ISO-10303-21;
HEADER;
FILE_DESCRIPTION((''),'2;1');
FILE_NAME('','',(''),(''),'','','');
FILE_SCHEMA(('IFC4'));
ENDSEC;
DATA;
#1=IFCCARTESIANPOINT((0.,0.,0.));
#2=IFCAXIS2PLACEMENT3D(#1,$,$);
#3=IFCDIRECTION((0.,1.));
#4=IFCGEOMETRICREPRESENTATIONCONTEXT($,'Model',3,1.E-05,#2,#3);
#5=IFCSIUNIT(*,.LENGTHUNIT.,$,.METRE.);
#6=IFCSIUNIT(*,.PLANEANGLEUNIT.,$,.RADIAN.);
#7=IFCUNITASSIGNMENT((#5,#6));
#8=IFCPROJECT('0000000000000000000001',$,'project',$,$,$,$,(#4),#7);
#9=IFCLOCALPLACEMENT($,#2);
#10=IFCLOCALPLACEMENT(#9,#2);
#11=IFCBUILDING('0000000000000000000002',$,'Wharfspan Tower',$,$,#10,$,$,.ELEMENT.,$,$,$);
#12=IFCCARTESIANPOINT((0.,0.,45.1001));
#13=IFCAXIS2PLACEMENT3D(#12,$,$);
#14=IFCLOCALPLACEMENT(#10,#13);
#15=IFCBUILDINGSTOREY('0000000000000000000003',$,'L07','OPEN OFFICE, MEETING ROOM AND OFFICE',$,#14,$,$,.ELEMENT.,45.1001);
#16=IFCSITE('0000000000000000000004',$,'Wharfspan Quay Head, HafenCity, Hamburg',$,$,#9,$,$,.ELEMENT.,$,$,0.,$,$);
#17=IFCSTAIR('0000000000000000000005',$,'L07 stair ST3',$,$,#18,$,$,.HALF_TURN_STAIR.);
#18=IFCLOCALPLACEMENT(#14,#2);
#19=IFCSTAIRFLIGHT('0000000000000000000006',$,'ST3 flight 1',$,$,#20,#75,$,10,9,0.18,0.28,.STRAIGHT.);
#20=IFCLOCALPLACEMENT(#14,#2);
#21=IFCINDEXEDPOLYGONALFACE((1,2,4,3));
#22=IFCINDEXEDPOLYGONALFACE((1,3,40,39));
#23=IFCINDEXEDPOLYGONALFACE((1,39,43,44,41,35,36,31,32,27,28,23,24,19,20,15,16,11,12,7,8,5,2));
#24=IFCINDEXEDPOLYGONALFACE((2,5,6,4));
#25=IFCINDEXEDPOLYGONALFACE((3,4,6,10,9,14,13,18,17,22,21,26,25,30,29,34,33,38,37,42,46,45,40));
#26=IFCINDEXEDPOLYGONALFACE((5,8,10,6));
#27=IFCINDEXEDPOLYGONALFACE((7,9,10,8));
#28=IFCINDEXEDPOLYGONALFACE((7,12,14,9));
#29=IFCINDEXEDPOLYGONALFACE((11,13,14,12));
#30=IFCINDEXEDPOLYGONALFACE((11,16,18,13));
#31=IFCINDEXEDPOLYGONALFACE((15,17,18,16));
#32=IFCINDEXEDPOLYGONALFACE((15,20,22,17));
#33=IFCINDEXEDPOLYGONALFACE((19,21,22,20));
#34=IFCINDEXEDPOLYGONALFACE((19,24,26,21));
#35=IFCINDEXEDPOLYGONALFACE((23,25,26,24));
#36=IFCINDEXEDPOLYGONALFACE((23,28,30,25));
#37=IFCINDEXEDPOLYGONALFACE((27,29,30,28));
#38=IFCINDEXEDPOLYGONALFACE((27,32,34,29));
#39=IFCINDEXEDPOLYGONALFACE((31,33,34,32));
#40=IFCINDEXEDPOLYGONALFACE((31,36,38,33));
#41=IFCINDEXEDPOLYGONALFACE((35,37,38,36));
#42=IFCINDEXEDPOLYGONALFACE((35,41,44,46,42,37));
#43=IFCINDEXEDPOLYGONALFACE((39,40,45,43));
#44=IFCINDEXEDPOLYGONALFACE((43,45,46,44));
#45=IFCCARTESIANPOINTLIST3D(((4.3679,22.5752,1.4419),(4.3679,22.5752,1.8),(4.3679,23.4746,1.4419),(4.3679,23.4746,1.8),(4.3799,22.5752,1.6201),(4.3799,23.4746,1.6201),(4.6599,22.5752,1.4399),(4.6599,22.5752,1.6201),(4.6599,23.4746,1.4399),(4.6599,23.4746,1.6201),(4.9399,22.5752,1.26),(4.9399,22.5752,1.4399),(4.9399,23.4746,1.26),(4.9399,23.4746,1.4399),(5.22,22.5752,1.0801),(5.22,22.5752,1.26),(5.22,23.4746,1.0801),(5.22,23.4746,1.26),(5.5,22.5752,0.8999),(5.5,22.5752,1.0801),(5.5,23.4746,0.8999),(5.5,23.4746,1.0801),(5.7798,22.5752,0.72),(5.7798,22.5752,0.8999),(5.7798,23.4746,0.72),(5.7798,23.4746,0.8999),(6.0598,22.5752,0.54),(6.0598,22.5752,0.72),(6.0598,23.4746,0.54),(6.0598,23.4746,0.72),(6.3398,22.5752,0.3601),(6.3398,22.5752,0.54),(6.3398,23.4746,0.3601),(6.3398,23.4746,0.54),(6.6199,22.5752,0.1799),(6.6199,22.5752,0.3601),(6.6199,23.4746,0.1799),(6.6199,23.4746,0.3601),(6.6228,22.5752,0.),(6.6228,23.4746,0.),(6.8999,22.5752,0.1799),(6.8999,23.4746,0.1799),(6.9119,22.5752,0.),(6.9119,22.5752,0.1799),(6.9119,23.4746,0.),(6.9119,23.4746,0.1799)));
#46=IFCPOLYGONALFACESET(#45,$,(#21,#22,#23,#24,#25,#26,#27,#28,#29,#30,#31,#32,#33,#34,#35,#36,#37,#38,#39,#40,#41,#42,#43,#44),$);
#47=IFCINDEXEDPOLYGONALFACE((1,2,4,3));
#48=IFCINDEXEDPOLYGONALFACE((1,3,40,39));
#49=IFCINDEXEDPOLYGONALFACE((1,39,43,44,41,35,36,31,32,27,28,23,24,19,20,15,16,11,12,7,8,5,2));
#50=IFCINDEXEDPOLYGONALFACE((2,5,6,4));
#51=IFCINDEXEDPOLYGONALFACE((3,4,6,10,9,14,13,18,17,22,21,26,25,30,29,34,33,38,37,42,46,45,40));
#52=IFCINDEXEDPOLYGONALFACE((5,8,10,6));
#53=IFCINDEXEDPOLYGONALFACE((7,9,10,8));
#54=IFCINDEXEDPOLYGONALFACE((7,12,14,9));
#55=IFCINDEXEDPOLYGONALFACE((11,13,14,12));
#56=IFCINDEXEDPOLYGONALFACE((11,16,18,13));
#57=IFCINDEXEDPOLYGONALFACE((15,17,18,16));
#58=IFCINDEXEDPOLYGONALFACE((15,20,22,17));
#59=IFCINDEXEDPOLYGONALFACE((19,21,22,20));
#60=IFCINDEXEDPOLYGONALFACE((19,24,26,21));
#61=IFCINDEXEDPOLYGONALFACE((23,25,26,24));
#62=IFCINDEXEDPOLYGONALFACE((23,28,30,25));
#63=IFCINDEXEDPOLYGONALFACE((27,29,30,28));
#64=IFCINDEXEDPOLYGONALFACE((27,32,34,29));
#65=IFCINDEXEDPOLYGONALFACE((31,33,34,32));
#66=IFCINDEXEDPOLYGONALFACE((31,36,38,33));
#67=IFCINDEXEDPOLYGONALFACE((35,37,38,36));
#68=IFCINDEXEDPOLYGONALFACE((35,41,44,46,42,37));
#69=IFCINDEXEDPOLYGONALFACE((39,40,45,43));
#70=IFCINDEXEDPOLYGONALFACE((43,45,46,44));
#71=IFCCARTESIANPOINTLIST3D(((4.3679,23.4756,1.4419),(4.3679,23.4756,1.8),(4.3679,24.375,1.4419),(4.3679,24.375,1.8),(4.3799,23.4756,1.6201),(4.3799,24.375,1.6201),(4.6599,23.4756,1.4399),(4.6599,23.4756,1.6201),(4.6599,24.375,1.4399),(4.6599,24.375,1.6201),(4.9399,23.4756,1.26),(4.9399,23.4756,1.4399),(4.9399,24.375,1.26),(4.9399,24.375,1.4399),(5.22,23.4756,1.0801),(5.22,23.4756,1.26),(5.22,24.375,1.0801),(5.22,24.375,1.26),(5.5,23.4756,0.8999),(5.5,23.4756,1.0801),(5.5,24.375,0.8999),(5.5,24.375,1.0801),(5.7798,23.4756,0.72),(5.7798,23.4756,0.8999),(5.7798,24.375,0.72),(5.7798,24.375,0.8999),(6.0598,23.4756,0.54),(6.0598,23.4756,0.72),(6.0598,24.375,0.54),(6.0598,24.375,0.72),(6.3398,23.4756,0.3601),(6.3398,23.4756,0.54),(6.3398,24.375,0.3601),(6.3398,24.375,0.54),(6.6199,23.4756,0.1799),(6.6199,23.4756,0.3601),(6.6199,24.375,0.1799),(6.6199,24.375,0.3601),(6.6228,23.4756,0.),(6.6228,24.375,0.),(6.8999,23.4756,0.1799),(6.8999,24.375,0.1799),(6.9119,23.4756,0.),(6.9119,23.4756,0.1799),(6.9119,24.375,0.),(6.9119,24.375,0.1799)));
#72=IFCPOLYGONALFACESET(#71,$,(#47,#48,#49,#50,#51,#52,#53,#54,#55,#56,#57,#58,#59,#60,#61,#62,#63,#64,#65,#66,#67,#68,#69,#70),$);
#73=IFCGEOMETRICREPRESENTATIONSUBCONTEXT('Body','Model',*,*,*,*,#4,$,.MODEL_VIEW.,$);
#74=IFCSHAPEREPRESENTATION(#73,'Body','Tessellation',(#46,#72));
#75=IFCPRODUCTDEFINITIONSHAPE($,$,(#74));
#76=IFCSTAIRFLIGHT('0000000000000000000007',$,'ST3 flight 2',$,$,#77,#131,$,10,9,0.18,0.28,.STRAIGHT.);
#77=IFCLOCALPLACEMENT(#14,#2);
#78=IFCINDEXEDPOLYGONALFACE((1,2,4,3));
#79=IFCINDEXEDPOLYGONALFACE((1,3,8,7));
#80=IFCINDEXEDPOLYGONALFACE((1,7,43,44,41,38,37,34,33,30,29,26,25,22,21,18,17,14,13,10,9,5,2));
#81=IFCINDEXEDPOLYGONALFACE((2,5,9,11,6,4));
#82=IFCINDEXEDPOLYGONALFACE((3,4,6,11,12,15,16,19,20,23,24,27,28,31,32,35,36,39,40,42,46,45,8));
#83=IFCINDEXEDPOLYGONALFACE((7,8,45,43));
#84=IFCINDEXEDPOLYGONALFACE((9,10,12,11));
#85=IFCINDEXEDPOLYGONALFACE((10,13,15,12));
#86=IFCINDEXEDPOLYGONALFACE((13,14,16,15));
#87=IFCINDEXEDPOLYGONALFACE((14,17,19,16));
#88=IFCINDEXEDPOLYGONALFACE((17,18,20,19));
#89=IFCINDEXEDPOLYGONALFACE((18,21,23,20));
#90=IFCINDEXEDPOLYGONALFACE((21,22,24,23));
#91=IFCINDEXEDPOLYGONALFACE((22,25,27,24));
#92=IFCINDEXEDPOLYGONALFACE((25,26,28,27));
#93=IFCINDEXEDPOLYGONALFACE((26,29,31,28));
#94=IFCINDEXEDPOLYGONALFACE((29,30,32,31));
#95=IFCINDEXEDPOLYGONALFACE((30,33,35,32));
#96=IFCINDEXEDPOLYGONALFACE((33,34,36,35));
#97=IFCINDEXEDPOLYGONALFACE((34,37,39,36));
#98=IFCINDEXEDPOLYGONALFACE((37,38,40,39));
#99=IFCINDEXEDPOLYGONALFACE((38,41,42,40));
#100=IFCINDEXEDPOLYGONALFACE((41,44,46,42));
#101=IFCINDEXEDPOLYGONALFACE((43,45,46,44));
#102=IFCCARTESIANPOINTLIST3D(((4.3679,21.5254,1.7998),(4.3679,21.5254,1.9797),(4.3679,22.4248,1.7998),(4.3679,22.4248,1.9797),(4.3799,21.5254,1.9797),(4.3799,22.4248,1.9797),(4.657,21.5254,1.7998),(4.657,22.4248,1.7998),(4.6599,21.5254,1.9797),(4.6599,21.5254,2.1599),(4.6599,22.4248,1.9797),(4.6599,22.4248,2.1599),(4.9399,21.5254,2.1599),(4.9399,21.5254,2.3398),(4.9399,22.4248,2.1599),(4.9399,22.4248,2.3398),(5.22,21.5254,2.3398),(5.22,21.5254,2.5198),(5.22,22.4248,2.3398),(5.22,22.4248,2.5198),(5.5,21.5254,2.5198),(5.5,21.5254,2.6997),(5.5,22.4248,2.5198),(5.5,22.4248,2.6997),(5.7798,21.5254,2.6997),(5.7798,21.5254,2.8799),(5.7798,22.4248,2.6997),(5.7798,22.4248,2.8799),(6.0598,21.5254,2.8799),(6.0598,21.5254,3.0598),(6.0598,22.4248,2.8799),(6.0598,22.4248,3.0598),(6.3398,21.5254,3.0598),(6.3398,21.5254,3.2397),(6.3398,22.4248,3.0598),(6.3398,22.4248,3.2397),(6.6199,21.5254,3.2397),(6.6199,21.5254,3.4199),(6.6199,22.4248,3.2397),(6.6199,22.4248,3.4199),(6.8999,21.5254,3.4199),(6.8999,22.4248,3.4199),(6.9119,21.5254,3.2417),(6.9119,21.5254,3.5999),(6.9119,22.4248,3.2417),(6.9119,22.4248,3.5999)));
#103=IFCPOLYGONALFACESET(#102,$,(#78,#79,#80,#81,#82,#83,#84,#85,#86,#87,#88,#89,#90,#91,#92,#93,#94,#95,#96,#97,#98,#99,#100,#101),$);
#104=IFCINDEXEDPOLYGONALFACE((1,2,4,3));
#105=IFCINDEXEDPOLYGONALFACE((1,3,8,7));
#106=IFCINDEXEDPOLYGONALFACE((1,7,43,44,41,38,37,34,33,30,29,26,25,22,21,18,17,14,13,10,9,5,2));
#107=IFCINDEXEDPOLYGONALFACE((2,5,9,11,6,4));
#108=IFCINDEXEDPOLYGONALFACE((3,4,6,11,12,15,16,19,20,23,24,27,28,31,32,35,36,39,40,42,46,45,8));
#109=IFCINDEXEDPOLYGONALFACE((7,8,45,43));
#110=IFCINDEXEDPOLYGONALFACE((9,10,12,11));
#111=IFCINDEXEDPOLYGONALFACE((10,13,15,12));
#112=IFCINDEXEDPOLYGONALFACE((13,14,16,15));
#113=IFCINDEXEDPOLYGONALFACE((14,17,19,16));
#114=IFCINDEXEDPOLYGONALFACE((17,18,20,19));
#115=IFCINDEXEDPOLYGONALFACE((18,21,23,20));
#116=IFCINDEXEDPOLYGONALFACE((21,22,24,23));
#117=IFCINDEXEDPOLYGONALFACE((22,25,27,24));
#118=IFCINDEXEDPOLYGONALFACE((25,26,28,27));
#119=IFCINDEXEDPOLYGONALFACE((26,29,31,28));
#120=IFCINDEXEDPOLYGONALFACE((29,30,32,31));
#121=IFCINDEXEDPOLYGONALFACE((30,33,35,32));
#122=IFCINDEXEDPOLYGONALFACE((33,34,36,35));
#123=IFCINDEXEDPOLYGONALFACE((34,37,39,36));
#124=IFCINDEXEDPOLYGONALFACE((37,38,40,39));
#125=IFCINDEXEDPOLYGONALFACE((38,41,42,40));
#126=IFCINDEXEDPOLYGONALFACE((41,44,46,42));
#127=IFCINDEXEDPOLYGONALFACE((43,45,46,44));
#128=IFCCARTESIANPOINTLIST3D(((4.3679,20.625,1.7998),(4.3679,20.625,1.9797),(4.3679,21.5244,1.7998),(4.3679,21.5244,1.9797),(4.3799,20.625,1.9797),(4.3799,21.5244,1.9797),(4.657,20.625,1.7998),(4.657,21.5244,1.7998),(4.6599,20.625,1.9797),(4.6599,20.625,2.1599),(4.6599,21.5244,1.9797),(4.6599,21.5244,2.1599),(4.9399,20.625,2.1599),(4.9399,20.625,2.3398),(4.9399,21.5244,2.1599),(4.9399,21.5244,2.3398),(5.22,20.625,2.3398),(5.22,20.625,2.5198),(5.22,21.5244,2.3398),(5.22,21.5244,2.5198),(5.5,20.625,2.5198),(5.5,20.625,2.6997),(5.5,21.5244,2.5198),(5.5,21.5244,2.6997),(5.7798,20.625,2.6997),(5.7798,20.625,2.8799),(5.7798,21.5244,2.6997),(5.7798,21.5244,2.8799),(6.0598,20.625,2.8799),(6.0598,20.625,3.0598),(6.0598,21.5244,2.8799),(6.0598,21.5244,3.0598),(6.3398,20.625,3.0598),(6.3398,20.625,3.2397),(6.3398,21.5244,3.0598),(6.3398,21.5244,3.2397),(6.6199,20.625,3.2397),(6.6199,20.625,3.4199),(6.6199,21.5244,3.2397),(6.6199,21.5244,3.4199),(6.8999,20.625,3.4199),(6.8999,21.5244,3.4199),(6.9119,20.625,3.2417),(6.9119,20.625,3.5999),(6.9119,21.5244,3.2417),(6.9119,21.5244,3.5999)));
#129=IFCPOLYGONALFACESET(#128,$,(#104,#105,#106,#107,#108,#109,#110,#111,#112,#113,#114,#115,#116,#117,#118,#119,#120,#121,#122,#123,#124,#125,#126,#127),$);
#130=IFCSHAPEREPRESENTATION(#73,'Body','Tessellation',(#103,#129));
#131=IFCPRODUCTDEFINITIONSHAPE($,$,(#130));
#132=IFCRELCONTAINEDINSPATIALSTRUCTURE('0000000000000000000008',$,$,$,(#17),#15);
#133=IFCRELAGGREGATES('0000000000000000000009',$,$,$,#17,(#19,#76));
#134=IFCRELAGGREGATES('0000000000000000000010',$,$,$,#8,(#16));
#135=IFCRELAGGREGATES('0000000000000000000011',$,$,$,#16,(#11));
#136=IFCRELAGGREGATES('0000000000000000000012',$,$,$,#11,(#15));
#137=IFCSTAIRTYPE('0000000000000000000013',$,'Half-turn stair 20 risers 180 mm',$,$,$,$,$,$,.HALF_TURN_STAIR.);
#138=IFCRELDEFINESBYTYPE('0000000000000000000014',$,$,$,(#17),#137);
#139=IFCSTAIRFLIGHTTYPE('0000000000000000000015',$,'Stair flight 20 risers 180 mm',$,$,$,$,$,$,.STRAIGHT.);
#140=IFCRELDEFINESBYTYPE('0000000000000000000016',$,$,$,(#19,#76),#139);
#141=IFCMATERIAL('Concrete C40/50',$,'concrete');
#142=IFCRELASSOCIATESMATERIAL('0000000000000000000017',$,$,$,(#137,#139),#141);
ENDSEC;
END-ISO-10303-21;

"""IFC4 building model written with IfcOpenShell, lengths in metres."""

from ifc_helpers import new_model, si_unit, direction, frame, origin, place, context, subcontext, project, spatial, polyline, outline, extrude, material, type_object, element, aggregate, save


model = new_model("IFC4")

# Units and contexts
model_context = context("Model", 3, precision=1e-05, world=origin(), true_north=direction((0.0, 1.0)))
body_context = subcontext(model_context, "Body", "Model", "MODEL_VIEW")
ifc_project = project(units=[si_unit("LENGTHUNIT", "METRE"), si_unit("PLANEANGLEUNIT", "RADIAN")], contexts=[model_context])

# Site, building, storey
site_placement = place(None, origin())
site = spatial("IfcSite", under=ifc_project, at=site_placement, Name="Wharfspan Quay Head, HafenCity, Hamburg", CompositionType="ELEMENT", RefElevation=0.0)
building_placement = place(site_placement, origin())
building = spatial("IfcBuilding", under=site, at=building_placement, Name="Wharfspan Tower", CompositionType="ELEMENT")
storey_placement = place(building_placement, frame((0.0, 0.0, 45.1001)))
storey = spatial("IfcBuildingStorey", under=building, at=storey_placement, Name="L07", Description="OPEN OFFICE, MEETING ROOM AND OFFICE", CompositionType="ELEMENT", Elevation=45.1001)

# Shared definitions
ifc_material_1 = material(Name="Concrete C40/50", Category="concrete")

# Stair, stair flights
stair_type = type_object("IfcStairType", Name="Half-turn stair 20 risers 180 mm", PredefinedType="HALF_TURN_STAIR", material=ifc_material_1)
stair_placement = place(storey_placement, origin())
stair = element("IfcStair", 1, at=stair_placement, inside=storey, type_object=stair_type, Name="L07 stair ST3", PredefinedType="HALF_TURN_STAIR")
stair_flight_type = type_object("IfcStairFlightType", Name="Stair flight 20 risers 180 mm", PredefinedType="STRAIGHT", material=ifc_material_1)
stair_flight_1_placement = place(storey_placement, frame((6.8999, 23.4751, 0.0), z_axis=(0.0, 0.0, 1.0), x_axis=(-1.0, 0.0, 0.0)))
stair_flight_1 = element("IfcStairFlight", 2, at=stair_flight_1_placement, type_object=stair_flight_type, Name="ST3 flight 1", NumberOfRisers=10, NumberOfTreads=9, PredefinedType="STRAIGHT", RiserHeight=0.18, TreadLength=0.28, context=body_context, shape_type="SweptSolid", body=[
    extrude(outline(polyline([(-0.012, 0.0), (-0.012, 0.1799), (0.0, 0.1799), (0.28, 0.1799), (0.28, 0.3601), (0.5601, 0.3601), (0.5601, 0.54), (0.8401, 0.54), (0.8401, 0.72), (1.1201, 0.72), (1.1201, 0.8999), (1.3999, 0.8999), (1.3999, 1.0801), (1.6799, 1.0801), (1.6799, 1.26), (1.96, 1.26), (1.96, 1.4399), (2.24, 1.4399), (2.24, 1.6201), (2.52, 1.6201), (2.532, 1.8), (2.532, 1.4419), (0.2771, 0.0), (-0.012, 0.0)])), frame((0.0, 0.8999, 0.0), z_axis=(0.0, -1.0, 0.0), x_axis=(1.0, 0.0, 0.0)), (0.0, 0.0, 1.0), 0.8994),
    extrude(outline(polyline([(-0.012, 0.0), (-0.012, 0.1799), (0.0, 0.1799), (0.28, 0.1799), (0.28, 0.3601), (0.5601, 0.3601), (0.5601, 0.54), (0.8401, 0.54), (0.8401, 0.72), (1.1201, 0.72), (1.1201, 0.8999), (1.3999, 0.8999), (1.3999, 1.0801), (1.6799, 1.0801), (1.6799, 1.26), (1.96, 1.26), (1.96, 1.4399), (2.24, 1.4399), (2.24, 1.6201), (2.52, 1.6201), (2.532, 1.8), (2.532, 1.4419), (0.2771, 0.0), (-0.012, 0.0)])), frame((0.0, -0.0005, 0.0), z_axis=(0.0, -1.0, 0.0), x_axis=(1.0, 0.0, 0.0)), (0.0, 0.0, 1.0), 0.8994),
])
stair_flight_2_placement = place(storey_placement, frame((4.3799, 21.5249, 1.7998), z_axis=(0.0, 0.0, 1.0), x_axis=(1.0, 0.0, 0.0)))
stair_flight_2 = element("IfcStairFlight", 3, at=stair_flight_2_placement, type_object=stair_flight_type, Name="ST3 flight 2", NumberOfRisers=10, NumberOfTreads=9, PredefinedType="STRAIGHT", RiserHeight=0.18, TreadLength=0.28, context=body_context, shape_type="SweptSolid", body=[
    extrude(outline(polyline([(-0.012, 0.0), (-0.012, 0.1799), (0.0, 0.1799), (0.28, 0.1799), (0.28, 0.3601), (0.5601, 0.3601), (0.5601, 0.54), (0.8401, 0.54), (0.8401, 0.72), (1.1201, 0.72), (1.1201, 0.8999), (1.3999, 0.8999), (1.3999, 1.0801), (1.6799, 1.0801), (1.6799, 1.26), (1.96, 1.26), (1.96, 1.4399), (2.24, 1.4399), (2.24, 1.6201), (2.52, 1.6201), (2.532, 1.8), (2.532, 1.4419), (0.2771, 0.0), (-0.012, 0.0)])), frame((0.0, 0.8999, 0.0), z_axis=(0.0, -1.0, 0.0), x_axis=(1.0, 0.0, 0.0)), (0.0, 0.0, 1.0), 0.8994),
    extrude(outline(polyline([(-0.012, 0.0), (-0.012, 0.1799), (0.0, 0.1799), (0.28, 0.1799), (0.28, 0.3601), (0.5601, 0.3601), (0.5601, 0.54), (0.8401, 0.54), (0.8401, 0.72), (1.1201, 0.72), (1.1201, 0.8999), (1.3999, 0.8999), (1.3999, 1.0801), (1.6799, 1.0801), (1.6799, 1.26), (1.96, 1.26), (1.96, 1.4399), (2.24, 1.4399), (2.24, 1.6201), (2.52, 1.6201), (2.532, 1.8), (2.532, 1.4419), (0.2771, 0.0), (-0.012, 0.0)])), frame((0.0, -0.0005, 0.0), z_axis=(0.0, -1.0, 0.0), x_axis=(1.0, 0.0, 0.0)), (0.0, 0.0, 1.0), 0.8994),
])
aggregate(stair, [stair_flight_1, stair_flight_2])

save(model, "model.ifc")
